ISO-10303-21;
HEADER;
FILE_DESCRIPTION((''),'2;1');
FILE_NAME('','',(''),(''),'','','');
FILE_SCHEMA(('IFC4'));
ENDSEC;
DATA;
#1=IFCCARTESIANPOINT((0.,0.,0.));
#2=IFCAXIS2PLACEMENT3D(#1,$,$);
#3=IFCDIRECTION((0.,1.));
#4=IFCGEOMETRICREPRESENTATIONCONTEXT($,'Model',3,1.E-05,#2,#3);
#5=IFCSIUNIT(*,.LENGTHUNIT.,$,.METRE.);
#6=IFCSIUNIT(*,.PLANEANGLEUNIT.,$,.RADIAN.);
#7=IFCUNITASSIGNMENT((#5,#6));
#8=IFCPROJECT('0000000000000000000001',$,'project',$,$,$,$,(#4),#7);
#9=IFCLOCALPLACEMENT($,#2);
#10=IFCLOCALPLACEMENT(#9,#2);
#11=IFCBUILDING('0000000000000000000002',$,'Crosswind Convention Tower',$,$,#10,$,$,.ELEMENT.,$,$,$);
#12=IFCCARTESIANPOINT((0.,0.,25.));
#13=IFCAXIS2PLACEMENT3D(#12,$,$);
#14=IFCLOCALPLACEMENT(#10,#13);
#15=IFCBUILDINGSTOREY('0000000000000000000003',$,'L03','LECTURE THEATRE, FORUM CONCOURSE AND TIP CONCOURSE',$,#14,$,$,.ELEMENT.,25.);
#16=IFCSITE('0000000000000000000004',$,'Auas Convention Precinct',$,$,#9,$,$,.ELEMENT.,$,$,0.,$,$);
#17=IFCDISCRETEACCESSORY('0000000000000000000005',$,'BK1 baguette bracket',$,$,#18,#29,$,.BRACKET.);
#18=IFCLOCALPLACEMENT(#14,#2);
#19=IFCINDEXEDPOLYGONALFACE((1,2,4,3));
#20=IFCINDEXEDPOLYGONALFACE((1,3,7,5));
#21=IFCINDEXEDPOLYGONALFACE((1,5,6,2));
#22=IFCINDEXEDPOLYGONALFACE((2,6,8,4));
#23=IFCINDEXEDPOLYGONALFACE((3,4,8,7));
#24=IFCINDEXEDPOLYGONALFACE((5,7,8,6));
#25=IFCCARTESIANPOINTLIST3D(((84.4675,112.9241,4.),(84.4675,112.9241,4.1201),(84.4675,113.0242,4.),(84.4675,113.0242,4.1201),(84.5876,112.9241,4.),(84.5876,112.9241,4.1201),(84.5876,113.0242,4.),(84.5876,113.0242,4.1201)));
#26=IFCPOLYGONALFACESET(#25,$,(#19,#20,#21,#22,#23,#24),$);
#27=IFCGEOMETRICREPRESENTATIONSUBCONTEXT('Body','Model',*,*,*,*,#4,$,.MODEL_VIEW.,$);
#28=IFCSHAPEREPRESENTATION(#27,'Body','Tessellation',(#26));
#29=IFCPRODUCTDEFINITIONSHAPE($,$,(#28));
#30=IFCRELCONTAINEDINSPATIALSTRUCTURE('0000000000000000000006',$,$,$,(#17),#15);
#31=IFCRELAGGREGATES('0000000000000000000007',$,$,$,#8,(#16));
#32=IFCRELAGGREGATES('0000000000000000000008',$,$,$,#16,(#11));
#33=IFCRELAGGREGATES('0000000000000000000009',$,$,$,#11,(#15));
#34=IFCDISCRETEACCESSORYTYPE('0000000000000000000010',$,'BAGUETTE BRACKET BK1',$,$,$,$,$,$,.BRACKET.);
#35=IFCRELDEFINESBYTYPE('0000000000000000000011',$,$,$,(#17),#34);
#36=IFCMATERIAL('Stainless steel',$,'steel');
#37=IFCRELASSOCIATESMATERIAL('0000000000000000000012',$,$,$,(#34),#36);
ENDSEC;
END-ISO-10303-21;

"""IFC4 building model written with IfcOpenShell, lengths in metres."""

from ifc_helpers import new_model, si_unit, direction, frame, origin, origin_2d, place, context, subcontext, project, spatial, rectangle, extrude, material, type_object, element, save


model = new_model("IFC4")

# Units and contexts
model_context = context("Model", 3, precision=1e-05, world=origin(), true_north=direction((0.0, 1.0)))
body_context = subcontext(model_context, "Body", "Model", "MODEL_VIEW")
ifc_project = project(units=[si_unit("LENGTHUNIT", "METRE"), si_unit("PLANEANGLEUNIT", "RADIAN")], contexts=[model_context])

# Site, building, storey
site_placement = place(None, origin())
site = spatial("IfcSite", under=ifc_project, at=site_placement, Name="Auas Convention Precinct", CompositionType="ELEMENT", RefElevation=0.0)
building_placement = place(site_placement, origin())
building = spatial("IfcBuilding", under=site, at=building_placement, Name="Crosswind Convention Tower", CompositionType="ELEMENT")
storey_placement = place(building_placement, frame((0.0, 0.0, 25.0)))
storey = spatial("IfcBuildingStorey", under=building, at=storey_placement, Name="L03", Description="LECTURE THEATRE, FORUM CONCOURSE AND TIP CONCOURSE", CompositionType="ELEMENT", Elevation=25.0)

# Discrete accessory
ifc_material_1 = material(Name="Stainless steel", Category="steel")
discrete_accessory_type = type_object("IfcDiscreteAccessoryType", Name="BAGUETTE BRACKET BK1", PredefinedType="BRACKET", material=ifc_material_1)
discrete_accessory_placement = place(storey_placement, frame((84.5276, 112.9741, 4.0), z_axis=(0.0, 0.0, 1.0), x_axis=(-1.0, 0.0, 0.0)))
element("IfcDiscreteAccessory", 1, at=discrete_accessory_placement, inside=storey, type_object=discrete_accessory_type, Name="BK1 baguette bracket", PredefinedType="BRACKET", context=body_context, shape_type="SweptSolid", body=[
    extrude(rectangle(XDim=0.1201, YDim=0.1001, at=origin_2d()), origin(), (0.0, 0.0, 1.0), 0.1201),
])

save(model, "model.ifc")
